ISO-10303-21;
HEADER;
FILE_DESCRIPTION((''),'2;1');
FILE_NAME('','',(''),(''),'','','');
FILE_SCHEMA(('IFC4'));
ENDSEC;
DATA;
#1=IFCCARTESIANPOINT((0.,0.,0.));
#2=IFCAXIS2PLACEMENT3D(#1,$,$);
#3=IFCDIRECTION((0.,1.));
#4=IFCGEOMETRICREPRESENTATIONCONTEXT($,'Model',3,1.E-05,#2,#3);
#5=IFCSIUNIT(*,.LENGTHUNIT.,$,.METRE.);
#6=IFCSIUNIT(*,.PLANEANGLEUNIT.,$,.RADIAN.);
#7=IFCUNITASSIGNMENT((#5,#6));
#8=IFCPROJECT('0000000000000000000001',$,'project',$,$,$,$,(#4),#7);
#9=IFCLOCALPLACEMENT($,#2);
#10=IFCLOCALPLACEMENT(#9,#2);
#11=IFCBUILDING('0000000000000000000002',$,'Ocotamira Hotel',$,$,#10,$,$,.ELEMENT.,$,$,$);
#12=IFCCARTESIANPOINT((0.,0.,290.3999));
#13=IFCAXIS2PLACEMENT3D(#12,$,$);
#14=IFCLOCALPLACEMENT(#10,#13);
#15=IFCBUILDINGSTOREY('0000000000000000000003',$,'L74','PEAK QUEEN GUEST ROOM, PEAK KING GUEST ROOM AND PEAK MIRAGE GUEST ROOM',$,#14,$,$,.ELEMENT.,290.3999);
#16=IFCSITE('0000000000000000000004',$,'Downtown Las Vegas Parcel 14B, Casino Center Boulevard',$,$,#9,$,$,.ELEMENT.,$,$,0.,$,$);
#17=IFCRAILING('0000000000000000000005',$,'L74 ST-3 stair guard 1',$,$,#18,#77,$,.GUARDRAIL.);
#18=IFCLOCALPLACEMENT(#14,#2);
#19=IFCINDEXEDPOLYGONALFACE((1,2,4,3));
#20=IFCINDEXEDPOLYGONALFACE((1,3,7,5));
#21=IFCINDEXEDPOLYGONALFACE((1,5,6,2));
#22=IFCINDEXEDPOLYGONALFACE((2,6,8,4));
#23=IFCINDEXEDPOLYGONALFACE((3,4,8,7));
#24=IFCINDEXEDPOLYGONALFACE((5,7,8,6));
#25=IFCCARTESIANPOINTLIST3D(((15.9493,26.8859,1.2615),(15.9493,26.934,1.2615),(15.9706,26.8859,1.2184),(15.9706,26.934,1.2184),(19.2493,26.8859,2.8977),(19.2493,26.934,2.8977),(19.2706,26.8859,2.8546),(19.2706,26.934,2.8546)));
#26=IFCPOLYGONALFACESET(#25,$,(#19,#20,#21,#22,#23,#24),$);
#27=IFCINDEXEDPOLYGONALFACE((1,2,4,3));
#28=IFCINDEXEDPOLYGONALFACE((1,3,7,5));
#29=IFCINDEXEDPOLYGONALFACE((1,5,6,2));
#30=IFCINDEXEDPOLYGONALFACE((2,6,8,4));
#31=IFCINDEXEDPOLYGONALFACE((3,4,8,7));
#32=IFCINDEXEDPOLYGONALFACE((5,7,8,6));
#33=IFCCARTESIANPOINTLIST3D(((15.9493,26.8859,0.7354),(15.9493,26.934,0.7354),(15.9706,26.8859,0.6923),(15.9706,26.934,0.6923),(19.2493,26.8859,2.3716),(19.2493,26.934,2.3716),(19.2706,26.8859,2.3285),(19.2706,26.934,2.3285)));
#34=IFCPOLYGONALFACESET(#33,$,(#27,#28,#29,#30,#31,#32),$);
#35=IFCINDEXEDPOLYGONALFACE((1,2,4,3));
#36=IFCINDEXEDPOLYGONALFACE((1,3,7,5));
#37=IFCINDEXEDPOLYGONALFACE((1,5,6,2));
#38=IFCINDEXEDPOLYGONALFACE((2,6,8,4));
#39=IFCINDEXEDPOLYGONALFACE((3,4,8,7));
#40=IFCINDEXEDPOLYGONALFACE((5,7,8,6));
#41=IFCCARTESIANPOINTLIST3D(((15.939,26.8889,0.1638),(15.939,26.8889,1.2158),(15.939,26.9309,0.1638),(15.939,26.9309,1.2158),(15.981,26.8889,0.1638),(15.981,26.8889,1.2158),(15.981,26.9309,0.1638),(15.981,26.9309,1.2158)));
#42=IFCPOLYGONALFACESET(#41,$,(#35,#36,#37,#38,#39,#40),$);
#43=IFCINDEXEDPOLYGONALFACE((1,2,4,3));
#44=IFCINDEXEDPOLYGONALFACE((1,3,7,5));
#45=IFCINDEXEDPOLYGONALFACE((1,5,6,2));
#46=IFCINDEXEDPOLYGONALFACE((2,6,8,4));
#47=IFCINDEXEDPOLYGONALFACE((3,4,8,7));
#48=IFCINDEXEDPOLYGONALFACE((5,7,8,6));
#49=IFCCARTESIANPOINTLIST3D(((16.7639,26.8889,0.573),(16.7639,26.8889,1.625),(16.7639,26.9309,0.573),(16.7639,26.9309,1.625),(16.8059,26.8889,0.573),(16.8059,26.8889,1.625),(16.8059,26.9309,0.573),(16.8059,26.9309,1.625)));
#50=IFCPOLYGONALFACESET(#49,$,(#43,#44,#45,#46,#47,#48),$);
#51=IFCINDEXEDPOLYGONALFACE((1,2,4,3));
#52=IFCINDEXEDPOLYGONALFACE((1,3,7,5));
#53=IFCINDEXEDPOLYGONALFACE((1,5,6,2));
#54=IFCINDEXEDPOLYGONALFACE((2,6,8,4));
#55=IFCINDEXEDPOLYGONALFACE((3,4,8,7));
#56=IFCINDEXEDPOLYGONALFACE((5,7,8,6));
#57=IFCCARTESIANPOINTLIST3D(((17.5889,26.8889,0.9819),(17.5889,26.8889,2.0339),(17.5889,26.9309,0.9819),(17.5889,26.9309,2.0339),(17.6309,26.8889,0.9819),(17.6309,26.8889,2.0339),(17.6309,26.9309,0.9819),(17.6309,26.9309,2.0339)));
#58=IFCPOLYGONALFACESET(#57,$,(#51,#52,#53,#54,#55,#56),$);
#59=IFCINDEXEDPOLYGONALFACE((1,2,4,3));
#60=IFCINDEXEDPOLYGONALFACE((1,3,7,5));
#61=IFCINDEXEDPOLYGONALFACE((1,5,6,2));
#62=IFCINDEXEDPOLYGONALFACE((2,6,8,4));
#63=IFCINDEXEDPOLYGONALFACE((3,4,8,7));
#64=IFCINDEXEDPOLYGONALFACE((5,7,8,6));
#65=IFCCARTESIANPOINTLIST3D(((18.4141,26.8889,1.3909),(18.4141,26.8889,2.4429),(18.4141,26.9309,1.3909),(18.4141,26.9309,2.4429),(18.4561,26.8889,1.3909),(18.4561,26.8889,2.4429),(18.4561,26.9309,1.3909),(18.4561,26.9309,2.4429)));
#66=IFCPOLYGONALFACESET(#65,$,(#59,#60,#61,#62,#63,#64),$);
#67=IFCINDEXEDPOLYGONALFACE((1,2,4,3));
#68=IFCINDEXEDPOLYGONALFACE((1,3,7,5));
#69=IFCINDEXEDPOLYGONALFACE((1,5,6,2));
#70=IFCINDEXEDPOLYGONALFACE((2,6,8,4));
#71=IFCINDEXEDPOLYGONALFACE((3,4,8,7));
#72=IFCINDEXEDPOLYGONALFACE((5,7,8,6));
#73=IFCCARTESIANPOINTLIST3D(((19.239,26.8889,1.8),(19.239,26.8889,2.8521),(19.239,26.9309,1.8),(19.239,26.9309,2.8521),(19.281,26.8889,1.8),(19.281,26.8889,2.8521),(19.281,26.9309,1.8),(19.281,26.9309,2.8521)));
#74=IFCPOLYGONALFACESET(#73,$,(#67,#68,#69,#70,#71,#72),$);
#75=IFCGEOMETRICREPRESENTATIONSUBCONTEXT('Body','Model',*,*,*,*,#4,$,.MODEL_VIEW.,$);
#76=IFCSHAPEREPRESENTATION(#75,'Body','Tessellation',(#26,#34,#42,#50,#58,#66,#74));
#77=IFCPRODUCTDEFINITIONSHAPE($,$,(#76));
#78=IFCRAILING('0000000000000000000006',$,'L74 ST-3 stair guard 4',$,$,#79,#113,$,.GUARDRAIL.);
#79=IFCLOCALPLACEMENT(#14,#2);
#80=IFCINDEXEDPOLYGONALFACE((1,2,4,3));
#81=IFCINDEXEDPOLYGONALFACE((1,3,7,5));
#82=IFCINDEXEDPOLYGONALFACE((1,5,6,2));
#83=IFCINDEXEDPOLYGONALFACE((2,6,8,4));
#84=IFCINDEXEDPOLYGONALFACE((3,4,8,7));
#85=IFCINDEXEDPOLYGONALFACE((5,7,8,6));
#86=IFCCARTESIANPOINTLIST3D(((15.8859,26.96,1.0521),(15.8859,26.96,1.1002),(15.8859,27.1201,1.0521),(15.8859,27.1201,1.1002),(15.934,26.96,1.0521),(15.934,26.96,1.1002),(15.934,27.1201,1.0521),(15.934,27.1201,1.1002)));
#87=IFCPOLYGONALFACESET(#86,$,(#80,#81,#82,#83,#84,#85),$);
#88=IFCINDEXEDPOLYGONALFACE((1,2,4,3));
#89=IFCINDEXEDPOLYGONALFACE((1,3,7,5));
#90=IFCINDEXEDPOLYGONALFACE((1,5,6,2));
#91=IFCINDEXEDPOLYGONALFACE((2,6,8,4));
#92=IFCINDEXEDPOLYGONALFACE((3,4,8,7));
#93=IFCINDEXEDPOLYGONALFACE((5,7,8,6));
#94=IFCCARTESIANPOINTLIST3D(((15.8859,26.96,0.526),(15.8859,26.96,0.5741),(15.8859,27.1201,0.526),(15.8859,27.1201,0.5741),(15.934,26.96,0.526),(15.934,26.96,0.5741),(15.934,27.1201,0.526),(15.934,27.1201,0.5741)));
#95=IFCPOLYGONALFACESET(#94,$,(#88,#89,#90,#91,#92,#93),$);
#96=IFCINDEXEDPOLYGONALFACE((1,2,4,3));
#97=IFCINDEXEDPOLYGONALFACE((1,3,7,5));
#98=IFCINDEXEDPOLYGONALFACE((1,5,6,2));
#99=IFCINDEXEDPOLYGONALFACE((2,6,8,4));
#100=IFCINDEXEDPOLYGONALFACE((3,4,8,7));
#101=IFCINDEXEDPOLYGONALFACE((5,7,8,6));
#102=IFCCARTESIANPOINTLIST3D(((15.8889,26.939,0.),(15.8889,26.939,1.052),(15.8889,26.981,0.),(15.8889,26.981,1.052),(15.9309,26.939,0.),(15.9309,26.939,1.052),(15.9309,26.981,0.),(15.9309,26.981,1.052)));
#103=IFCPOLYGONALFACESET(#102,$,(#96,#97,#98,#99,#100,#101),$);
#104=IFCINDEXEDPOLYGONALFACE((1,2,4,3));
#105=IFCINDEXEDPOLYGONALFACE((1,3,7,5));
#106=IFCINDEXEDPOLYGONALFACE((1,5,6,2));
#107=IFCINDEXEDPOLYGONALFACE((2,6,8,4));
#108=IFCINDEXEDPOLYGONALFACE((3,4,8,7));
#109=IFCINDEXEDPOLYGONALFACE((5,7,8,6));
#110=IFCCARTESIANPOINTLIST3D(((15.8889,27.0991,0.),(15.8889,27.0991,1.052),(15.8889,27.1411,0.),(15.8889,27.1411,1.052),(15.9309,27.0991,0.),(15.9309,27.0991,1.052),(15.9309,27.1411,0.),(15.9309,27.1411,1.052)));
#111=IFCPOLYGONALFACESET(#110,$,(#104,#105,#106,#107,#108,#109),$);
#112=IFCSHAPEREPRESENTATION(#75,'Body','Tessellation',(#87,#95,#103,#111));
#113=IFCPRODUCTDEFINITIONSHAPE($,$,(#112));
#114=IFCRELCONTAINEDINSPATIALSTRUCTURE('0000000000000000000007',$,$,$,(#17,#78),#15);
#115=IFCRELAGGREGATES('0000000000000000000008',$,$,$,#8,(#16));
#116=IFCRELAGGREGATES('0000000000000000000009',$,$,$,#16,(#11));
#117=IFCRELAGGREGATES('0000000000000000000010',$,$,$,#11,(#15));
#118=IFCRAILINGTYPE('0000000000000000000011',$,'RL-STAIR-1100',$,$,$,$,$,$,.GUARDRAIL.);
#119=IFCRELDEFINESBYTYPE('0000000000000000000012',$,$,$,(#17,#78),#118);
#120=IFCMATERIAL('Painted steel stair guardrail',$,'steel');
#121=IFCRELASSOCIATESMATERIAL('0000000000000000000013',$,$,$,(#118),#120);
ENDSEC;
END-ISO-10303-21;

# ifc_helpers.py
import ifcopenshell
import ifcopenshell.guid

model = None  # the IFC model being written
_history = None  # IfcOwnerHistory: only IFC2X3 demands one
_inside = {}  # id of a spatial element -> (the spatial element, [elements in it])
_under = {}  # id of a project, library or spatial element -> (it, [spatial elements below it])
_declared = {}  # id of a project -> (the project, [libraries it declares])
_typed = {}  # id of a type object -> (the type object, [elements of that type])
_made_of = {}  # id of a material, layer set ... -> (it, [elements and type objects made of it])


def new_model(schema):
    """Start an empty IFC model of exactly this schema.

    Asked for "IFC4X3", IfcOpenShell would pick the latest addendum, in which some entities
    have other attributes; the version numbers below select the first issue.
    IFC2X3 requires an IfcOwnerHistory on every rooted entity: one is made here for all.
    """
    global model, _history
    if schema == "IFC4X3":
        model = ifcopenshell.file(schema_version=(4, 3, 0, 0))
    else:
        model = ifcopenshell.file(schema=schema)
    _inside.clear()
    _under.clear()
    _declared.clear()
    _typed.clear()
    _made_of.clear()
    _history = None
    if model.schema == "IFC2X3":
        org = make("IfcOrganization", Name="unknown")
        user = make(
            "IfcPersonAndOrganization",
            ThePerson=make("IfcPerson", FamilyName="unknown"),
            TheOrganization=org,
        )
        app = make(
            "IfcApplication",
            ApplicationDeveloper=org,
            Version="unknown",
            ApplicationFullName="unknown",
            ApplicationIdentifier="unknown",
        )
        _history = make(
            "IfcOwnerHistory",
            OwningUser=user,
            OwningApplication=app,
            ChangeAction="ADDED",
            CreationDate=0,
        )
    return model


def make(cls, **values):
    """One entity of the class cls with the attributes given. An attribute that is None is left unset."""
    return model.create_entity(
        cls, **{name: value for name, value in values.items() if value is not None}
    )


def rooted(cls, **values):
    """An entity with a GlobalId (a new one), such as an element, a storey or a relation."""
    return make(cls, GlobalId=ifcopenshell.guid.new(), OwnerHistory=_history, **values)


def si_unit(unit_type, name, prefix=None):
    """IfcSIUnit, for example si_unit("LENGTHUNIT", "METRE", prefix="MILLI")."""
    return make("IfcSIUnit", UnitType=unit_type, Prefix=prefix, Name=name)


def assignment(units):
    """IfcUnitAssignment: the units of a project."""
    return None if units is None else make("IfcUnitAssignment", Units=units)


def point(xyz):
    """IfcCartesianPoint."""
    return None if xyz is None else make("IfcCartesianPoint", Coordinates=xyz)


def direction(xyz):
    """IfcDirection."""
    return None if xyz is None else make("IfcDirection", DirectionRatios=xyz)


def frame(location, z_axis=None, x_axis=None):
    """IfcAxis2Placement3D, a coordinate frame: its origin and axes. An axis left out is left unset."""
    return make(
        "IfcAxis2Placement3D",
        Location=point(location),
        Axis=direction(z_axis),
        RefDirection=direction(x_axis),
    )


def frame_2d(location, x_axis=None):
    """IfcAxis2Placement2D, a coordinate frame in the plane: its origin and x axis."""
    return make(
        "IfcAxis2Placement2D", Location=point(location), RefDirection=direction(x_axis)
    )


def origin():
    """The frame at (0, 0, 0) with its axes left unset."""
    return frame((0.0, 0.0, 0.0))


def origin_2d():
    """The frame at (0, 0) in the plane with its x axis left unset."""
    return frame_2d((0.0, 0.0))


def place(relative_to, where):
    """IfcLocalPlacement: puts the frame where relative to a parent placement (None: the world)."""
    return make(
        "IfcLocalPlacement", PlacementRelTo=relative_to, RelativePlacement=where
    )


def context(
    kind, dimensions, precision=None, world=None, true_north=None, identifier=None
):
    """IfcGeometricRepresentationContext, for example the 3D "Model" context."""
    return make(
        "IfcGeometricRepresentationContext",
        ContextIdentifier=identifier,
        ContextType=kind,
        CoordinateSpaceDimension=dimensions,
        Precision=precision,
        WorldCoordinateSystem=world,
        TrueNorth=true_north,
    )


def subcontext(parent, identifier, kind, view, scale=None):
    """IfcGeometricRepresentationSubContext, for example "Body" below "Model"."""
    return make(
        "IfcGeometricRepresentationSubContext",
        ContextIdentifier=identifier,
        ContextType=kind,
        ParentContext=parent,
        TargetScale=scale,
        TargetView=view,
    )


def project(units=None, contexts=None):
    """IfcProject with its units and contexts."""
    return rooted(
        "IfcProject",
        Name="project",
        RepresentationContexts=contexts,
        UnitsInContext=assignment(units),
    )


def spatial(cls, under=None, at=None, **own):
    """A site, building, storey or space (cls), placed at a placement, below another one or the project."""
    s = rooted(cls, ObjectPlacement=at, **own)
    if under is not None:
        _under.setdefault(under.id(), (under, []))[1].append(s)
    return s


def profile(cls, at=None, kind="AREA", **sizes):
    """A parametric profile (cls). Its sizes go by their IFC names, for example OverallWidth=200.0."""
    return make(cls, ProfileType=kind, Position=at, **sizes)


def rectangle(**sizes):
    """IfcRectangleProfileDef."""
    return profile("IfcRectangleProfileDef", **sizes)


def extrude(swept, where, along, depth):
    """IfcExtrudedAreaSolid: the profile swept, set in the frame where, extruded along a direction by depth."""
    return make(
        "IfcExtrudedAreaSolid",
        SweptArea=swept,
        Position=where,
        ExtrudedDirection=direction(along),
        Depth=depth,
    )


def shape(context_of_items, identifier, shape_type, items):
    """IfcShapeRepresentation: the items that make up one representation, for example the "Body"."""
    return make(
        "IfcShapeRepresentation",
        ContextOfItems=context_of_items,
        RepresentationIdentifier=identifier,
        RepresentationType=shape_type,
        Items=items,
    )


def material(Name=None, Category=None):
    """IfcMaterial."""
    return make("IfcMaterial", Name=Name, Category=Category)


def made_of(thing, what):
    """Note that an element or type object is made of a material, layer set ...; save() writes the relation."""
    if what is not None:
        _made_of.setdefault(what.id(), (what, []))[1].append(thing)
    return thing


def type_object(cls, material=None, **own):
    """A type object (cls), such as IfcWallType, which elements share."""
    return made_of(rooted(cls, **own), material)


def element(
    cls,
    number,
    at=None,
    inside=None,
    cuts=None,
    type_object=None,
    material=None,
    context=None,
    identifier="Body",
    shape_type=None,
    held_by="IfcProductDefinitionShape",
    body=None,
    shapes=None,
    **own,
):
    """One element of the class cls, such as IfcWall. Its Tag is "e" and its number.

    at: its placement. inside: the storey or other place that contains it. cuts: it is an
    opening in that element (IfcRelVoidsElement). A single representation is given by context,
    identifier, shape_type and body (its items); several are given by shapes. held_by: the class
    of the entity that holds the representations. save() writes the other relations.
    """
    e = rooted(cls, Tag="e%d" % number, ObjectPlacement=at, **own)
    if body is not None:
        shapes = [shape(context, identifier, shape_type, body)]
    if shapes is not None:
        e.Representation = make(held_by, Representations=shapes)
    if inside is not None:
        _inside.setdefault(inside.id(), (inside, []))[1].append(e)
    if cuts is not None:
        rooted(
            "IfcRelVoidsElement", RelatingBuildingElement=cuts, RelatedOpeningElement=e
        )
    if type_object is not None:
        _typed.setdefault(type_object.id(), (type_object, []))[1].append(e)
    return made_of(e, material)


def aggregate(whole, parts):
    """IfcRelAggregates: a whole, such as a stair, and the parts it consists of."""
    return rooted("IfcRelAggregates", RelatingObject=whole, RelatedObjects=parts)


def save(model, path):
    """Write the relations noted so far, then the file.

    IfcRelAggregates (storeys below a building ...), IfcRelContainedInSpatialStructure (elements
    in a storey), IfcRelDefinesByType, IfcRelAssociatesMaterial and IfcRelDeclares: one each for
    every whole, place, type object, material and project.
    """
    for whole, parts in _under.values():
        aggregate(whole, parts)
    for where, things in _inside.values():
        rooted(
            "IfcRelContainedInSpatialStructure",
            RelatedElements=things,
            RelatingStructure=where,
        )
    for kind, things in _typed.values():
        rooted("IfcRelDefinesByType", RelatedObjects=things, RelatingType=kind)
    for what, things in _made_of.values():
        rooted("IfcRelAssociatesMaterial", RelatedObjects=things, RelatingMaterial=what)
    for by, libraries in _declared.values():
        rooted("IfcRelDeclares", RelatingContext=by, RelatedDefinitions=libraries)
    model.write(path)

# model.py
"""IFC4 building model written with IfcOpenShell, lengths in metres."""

from ifc_helpers import new_model, si_unit, direction, frame, origin, origin_2d, place, context, subcontext, project, spatial, rectangle, extrude, material, type_object, element, save


model = new_model("IFC4")

# Units and contexts
model_context = context("Model", 3, precision=1e-05, world=origin(), true_north=direction((0.0, 1.0)))
body_context = subcontext(model_context, "Body", "Model", "MODEL_VIEW")
ifc_project = project(units=[si_unit("LENGTHUNIT", "METRE"), si_unit("PLANEANGLEUNIT", "RADIAN")], contexts=[model_context])

# Site, building, storey
site_placement = place(None, origin())
site = spatial("IfcSite", under=ifc_project, at=site_placement, Name="Downtown Las Vegas Parcel 14B, Casino Center Boulevard", CompositionType="ELEMENT", RefElevation=0.0)
building_placement = place(site_placement, origin())
building = spatial("IfcBuilding", under=site, at=building_placement, Name="Ocotamira Hotel", CompositionType="ELEMENT")
storey_placement = place(building_placement, frame((0.0, 0.0, 290.3999)))
storey = spatial("IfcBuildingStorey", under=building, at=storey_placement, Name="L74", Description="PEAK QUEEN GUEST ROOM, PEAK KING GUEST ROOM AND PEAK MIRAGE GUEST ROOM", CompositionType="ELEMENT", Elevation=290.3999)

# Railings
ifc_material_1 = material(Name="Painted steel stair guardrail", Category="steel")
railing_type_1 = type_object("IfcRailingType", Name="RL-STAIR-1100", PredefinedType="GUARDRAIL", material=ifc_material_1)
railing_1_placement = place(storey_placement, frame((15.96, 26.9099, 0.1638)))
element("IfcRailing", 1, at=railing_1_placement, inside=storey, type_object=railing_type_1, Name="L74 ST-3 stair guard 1", PredefinedType="GUARDRAIL", context=body_context, shape_type="SweptSolid", body=[
    extrude(rectangle(XDim=0.0481, YDim=0.0481, at=origin_2d()), frame((0.0, 0.0, 1.0762), z_axis=(0.89592, 0.0, 0.444215), x_axis=(0.0, 1.0, 0.0)), (0.0, 0.0, 1.0), 3.6833),
    extrude(rectangle(XDim=0.0481, YDim=0.0481, at=origin_2d()), frame((0.0, 0.0, 0.55), z_axis=(0.89592, 0.0, 0.444215), x_axis=(0.0, 1.0, 0.0)), (0.0, 0.0, 1.0), 3.6833),
    extrude(rectangle(XDim=0.042, YDim=0.042, at=origin_2d()), origin(), (0.0, 0.0, 1.0), 1.052),
    extrude(rectangle(XDim=0.042, YDim=0.042, at=origin_2d()), frame((0.825, 0.0, 0.4092)), (0.0, 0.0, 1.0), 1.052),
    extrude(rectangle(XDim=0.042, YDim=0.042, at=origin_2d()), frame((1.6499, 0.0, 0.8181)), (0.0, 0.0, 1.0), 1.052),
    extrude(rectangle(XDim=0.042, YDim=0.042, at=origin_2d()), frame((2.4751, 0.0, 1.2271)), (0.0, 0.0, 1.0), 1.052),
    extrude(rectangle(XDim=0.042, YDim=0.042, at=origin_2d()), frame((3.3, 0.0, 1.6362)), (0.0, 0.0, 1.0), 1.052),
])
railing_2_placement = place(storey_placement, frame((15.9099, 26.96, 0.0)))
element("IfcRailing", 2, at=railing_2_placement, inside=storey, type_object=railing_type_1, Name="L74 ST-3 stair guard 4", PredefinedType="GUARDRAIL", context=body_context, shape_type="SweptSolid", body=[
    extrude(rectangle(XDim=0.0481, YDim=0.0481, at=origin_2d()), frame((0.0, 0.0, 1.0762), z_axis=(0.0, 1.0, 0.0), x_axis=(-1.0, 0.0, 0.0)), (0.0, 0.0, 1.0), 0.1602),
    extrude(rectangle(XDim=0.0481, YDim=0.0481, at=origin_2d()), frame((0.0, 0.0, 0.55), z_axis=(0.0, 1.0, 0.0), x_axis=(-1.0, 0.0, 0.0)), (0.0, 0.0, 1.0), 0.1602),
    extrude(rectangle(XDim=0.042, YDim=0.042, at=origin_2d()), origin(), (0.0, 0.0, 1.0), 1.052),
    extrude(rectangle(XDim=0.042, YDim=0.042, at=origin_2d()), frame((0.0, 0.1602, 0.0)), (0.0, 0.0, 1.0), 1.052),
])

save(model, "model.ifc")
